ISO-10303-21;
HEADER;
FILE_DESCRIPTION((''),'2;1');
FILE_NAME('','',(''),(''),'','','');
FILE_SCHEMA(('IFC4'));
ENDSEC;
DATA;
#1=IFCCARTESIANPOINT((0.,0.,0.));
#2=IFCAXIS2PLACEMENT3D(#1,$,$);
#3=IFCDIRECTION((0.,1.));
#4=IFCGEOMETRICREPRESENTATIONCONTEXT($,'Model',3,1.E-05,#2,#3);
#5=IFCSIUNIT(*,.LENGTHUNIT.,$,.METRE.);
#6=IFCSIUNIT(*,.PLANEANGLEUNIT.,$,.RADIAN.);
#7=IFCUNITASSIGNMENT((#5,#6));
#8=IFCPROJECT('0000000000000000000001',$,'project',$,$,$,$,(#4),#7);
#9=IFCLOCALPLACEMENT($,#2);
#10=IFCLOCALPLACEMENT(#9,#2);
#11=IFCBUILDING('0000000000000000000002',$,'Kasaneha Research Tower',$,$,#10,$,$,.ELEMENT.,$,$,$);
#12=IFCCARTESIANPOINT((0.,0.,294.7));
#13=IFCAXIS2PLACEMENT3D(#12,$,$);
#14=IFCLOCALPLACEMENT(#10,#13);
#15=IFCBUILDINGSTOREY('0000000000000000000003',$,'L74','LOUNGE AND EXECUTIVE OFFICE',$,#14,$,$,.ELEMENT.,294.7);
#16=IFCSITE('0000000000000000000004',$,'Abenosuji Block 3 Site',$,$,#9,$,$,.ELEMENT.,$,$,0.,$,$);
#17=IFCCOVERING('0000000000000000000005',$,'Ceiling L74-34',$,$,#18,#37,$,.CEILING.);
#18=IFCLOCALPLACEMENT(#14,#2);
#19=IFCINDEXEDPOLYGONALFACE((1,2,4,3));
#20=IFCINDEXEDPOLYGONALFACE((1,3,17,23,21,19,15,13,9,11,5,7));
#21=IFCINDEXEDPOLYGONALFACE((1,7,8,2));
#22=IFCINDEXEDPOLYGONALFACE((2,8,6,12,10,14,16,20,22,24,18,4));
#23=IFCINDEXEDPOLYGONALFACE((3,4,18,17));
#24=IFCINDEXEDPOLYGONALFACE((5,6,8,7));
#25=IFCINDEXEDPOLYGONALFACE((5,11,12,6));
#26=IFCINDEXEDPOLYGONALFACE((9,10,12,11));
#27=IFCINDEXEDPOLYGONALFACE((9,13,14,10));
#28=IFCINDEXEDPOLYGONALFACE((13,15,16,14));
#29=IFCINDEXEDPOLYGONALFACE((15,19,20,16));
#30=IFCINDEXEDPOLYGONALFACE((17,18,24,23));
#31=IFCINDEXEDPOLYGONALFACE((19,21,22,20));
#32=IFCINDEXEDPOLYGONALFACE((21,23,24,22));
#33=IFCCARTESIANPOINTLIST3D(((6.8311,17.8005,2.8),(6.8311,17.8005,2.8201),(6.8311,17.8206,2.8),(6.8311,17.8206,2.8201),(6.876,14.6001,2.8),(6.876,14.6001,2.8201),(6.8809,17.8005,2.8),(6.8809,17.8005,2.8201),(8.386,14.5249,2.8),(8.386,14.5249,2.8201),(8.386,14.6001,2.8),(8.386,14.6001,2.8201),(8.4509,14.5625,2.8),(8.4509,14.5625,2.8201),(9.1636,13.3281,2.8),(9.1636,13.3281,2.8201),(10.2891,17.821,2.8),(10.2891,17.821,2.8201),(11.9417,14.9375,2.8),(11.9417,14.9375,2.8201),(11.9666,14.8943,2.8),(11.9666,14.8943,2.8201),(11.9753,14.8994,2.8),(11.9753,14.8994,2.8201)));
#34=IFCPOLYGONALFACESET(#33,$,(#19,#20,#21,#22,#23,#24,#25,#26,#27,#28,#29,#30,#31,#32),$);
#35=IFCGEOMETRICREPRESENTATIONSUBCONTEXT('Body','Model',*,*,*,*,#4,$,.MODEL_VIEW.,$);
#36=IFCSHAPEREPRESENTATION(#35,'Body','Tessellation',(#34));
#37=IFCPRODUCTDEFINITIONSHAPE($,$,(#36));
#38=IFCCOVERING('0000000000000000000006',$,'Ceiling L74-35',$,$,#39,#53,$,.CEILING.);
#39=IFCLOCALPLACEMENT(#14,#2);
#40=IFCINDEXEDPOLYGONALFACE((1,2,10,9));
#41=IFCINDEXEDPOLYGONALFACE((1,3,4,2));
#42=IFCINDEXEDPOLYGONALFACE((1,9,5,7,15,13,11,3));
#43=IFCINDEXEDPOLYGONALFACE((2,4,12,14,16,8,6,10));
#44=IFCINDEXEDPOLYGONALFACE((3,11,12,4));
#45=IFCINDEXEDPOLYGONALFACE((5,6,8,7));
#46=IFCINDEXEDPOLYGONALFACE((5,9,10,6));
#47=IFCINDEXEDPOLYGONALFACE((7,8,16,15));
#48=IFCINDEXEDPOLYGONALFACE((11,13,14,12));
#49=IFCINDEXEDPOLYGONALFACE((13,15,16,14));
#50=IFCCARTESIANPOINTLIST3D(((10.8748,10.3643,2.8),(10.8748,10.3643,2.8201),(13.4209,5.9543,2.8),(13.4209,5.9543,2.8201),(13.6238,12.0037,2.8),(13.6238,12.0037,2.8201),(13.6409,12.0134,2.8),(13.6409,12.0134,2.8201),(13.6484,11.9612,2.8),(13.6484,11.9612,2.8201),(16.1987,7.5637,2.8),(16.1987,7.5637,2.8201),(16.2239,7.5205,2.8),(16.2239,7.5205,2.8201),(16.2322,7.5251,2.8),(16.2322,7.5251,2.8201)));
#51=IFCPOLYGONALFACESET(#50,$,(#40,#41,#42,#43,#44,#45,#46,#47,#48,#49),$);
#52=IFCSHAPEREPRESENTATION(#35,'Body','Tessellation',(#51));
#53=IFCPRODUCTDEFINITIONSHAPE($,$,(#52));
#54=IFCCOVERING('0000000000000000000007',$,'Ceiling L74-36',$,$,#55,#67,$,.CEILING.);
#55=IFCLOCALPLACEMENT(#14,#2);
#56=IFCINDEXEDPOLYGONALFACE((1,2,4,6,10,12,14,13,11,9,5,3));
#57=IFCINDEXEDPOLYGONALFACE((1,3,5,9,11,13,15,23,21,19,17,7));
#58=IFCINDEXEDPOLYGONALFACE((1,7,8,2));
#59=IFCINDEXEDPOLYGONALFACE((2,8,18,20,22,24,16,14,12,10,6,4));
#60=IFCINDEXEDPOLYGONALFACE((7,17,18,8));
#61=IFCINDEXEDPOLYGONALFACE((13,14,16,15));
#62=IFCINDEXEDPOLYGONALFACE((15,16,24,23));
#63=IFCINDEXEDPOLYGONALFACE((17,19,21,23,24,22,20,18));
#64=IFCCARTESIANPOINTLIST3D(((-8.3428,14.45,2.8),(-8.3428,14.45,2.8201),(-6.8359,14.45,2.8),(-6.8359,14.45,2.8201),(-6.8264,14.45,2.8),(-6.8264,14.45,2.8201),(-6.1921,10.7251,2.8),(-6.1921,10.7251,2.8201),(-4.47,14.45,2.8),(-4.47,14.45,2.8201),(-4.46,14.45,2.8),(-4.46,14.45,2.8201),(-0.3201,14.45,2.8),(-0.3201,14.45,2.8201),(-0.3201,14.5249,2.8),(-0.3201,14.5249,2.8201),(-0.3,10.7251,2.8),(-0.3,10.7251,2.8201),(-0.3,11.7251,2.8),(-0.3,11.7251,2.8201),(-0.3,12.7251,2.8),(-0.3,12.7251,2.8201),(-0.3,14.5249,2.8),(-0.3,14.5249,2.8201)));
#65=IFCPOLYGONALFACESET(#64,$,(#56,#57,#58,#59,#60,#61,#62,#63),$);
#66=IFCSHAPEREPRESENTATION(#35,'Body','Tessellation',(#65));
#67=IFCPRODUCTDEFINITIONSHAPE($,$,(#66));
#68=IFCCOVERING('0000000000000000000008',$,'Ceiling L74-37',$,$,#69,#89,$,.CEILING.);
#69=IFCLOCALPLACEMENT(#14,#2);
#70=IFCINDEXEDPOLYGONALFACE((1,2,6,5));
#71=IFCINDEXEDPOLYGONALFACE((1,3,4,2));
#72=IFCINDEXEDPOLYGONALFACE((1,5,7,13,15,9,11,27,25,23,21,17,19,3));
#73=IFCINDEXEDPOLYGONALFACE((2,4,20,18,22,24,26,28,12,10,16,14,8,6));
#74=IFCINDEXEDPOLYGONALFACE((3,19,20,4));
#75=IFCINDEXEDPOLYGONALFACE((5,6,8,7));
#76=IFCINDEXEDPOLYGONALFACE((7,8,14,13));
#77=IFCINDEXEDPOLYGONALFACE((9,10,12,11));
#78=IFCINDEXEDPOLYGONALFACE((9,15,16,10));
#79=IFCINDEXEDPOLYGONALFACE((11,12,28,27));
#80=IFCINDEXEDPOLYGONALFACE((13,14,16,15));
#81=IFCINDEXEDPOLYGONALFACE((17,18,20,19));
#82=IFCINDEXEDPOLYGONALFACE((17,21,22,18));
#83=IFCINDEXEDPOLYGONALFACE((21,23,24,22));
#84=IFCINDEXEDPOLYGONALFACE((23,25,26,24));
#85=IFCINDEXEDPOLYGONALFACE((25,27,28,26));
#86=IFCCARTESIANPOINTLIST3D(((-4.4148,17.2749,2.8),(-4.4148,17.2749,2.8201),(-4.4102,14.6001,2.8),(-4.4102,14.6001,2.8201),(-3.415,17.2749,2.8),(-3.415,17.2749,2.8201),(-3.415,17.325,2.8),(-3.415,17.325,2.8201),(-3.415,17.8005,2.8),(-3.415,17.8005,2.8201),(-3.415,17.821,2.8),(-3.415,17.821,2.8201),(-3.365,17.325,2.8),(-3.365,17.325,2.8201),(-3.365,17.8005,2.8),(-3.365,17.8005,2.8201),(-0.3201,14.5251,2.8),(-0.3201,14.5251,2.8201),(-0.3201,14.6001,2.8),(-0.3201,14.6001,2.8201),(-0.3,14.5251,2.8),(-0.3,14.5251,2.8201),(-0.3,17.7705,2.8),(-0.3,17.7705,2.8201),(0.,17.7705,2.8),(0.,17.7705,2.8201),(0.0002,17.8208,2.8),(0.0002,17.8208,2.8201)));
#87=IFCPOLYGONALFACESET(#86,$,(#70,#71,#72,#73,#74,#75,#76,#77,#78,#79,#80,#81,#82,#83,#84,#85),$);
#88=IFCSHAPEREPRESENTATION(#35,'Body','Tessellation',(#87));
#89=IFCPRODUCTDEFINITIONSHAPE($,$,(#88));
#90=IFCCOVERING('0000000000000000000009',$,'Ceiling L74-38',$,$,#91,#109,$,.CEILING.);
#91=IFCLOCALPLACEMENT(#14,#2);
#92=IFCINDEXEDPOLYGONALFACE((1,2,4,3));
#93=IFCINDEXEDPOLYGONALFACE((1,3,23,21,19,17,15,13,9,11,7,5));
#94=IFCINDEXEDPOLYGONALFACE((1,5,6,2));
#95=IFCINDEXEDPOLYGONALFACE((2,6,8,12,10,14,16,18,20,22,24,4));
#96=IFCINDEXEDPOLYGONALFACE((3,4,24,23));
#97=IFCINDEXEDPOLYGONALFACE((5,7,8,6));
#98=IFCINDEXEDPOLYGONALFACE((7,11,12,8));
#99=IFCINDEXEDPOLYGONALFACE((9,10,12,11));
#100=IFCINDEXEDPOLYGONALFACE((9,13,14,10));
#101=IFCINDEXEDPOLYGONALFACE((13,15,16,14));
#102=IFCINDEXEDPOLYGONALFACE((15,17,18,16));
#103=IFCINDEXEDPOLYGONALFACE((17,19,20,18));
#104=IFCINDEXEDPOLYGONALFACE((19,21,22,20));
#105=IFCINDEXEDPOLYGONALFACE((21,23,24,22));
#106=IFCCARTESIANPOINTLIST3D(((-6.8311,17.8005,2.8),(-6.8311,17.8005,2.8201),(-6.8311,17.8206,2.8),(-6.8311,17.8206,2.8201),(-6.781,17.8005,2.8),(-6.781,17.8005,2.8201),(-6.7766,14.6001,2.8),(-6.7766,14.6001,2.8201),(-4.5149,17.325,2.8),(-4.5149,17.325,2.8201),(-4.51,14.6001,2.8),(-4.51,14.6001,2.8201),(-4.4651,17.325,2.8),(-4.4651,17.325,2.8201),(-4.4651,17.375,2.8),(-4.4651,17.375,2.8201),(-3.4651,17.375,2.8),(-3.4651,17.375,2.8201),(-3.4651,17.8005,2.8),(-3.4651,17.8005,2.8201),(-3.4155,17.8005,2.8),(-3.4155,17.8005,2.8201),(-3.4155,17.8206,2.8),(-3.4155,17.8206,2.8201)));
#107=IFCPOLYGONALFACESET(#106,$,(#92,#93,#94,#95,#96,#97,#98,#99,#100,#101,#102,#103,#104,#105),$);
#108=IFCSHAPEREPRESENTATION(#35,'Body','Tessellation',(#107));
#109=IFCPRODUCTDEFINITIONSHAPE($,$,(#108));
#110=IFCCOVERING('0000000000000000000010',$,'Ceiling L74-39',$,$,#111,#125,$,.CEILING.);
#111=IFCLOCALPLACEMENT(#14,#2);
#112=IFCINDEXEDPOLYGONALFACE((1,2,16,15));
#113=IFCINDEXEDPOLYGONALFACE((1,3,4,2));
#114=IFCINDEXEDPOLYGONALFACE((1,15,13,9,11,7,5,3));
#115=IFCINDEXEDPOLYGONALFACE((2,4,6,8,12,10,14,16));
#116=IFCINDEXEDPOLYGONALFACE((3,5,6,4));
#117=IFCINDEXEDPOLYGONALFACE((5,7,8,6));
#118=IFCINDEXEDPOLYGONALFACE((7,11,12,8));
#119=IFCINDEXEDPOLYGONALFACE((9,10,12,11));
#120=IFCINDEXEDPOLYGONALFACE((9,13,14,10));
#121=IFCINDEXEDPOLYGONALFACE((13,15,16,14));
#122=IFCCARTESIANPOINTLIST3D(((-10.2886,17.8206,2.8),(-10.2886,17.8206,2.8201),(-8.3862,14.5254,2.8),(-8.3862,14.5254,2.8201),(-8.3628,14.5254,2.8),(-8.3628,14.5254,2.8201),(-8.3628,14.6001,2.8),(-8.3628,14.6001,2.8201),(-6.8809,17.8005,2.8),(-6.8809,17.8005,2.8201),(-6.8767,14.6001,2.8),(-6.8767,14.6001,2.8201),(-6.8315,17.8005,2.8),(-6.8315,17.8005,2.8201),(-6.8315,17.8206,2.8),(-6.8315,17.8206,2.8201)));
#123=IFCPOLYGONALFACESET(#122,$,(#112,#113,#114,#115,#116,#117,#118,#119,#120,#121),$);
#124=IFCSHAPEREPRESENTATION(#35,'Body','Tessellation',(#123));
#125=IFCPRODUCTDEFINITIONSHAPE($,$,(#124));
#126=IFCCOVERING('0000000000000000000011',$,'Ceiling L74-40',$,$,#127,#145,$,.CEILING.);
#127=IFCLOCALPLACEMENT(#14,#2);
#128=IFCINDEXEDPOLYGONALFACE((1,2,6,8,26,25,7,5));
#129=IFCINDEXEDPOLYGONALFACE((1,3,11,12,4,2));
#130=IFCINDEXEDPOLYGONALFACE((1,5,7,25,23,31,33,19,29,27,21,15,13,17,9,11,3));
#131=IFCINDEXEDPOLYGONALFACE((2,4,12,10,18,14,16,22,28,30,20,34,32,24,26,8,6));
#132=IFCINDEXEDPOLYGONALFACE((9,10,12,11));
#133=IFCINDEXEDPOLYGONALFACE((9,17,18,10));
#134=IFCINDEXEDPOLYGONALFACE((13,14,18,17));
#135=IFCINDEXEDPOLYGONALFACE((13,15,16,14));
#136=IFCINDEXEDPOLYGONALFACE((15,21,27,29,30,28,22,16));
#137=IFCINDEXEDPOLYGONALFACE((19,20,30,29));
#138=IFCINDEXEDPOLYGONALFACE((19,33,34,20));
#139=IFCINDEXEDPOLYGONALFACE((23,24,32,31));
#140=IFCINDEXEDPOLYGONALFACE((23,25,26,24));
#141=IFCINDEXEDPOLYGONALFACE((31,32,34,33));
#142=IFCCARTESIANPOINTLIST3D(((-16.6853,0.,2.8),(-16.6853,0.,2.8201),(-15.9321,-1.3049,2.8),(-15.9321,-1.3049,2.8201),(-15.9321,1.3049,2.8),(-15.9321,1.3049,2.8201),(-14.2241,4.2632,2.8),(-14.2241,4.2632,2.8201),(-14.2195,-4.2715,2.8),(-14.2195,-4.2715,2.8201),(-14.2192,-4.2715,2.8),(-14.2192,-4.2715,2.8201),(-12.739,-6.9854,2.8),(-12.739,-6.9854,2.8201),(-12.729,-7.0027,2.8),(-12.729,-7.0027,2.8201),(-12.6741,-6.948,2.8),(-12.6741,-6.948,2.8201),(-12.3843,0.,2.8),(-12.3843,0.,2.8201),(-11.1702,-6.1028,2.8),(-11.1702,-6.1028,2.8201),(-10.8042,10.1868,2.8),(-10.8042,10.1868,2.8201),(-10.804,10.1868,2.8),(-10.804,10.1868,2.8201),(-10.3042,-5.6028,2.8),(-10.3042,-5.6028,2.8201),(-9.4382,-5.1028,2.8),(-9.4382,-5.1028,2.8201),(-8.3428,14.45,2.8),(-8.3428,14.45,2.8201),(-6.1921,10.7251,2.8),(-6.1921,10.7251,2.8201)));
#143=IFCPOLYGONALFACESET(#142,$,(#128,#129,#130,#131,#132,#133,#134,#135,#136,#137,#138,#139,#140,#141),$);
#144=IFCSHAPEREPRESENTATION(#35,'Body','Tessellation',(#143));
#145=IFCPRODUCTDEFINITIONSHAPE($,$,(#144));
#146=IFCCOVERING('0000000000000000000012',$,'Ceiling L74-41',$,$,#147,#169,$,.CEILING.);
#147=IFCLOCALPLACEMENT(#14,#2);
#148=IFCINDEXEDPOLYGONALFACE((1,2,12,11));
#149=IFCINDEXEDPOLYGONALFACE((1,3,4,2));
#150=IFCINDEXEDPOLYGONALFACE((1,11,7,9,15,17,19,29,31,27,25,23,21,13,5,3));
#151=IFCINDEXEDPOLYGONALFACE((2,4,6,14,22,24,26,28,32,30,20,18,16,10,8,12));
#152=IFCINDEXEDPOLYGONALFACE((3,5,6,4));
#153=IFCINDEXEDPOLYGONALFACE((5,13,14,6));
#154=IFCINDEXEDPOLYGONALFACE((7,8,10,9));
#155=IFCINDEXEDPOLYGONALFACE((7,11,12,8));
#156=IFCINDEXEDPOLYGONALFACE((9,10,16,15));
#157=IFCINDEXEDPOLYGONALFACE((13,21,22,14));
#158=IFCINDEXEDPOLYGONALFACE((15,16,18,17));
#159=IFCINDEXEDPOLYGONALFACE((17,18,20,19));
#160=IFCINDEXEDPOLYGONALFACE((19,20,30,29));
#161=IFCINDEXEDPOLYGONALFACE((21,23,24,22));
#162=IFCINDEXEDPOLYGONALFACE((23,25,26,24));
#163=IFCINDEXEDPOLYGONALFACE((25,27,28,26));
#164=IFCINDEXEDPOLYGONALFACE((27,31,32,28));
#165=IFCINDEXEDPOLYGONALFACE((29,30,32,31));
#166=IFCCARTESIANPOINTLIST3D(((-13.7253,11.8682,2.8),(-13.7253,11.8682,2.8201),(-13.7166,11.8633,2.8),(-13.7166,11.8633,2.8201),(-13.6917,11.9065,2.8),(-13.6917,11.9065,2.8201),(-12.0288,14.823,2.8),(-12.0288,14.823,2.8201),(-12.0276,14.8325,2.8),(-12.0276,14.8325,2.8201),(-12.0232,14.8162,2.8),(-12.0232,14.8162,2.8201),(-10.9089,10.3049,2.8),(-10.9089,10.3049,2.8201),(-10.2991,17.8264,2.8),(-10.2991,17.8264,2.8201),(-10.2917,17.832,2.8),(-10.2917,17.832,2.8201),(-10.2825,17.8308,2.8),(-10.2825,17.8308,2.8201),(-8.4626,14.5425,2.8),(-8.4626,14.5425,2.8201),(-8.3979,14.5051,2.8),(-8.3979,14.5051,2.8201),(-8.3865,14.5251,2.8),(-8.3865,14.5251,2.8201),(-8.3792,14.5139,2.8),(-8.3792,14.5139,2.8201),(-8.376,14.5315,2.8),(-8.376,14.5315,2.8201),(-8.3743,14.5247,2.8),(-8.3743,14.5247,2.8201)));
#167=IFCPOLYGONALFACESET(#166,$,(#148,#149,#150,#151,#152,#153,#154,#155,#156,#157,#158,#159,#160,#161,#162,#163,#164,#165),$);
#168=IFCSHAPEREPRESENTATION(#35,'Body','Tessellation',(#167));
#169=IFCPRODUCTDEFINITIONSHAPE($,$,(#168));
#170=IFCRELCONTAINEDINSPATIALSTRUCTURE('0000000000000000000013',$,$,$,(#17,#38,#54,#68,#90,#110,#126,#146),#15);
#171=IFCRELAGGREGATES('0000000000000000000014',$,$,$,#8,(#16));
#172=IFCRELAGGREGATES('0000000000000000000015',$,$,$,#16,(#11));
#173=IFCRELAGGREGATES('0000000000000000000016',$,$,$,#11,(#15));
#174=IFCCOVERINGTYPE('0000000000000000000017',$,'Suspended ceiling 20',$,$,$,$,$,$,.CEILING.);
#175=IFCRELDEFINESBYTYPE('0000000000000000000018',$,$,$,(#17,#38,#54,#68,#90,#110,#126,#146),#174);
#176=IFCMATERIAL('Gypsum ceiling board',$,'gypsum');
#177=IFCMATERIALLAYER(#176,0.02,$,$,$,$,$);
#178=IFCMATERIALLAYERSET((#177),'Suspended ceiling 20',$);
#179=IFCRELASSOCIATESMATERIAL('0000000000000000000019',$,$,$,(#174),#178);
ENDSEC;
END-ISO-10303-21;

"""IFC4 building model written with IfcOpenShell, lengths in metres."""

from ifc_helpers import new_model, si_unit, direction, frame, origin, place, context, subcontext, project, spatial, polyline, outline, extrude, material, layer, layer_set, type_object, element, save


model = new_model("IFC4")

# Units and contexts
model_context = context("Model", 3, precision=1e-05, world=origin(), true_north=direction((0.0, 1.0)))
body_context = subcontext(model_context, "Body", "Model", "MODEL_VIEW")
ifc_project = project(units=[si_unit("LENGTHUNIT", "METRE"), si_unit("PLANEANGLEUNIT", "RADIAN")], contexts=[model_context])

# Site, building, storey
site_placement = place(None, origin())
site = spatial("IfcSite", under=ifc_project, at=site_placement, Name="Abenosuji Block 3 Site", CompositionType="ELEMENT", RefElevation=0.0)
building_placement = place(site_placement, origin())
building = spatial("IfcBuilding", under=site, at=building_placement, Name="Kasaneha Research Tower", CompositionType="ELEMENT")
storey_placement = place(building_placement, frame((0.0, 0.0, 294.7)))
storey = spatial("IfcBuildingStorey", under=building, at=storey_placement, Name="L74", Description="LOUNGE AND EXECUTIVE OFFICE", CompositionType="ELEMENT", Elevation=294.7)

# Coverings
ifc_material_1 = material(Name="Gypsum ceiling board", Category="gypsum")
ifc_layer_1 = layer(ifc_material_1, 0.02)
ifc_layer_set_1 = layer_set([ifc_layer_1], Name="Suspended ceiling 20")
covering_type_1 = type_object("IfcCoveringType", Name="Suspended ceiling 20", PredefinedType="CEILING", material=ifc_layer_set_1)
covering_1_placement = place(storey_placement, frame((0.0, 0.0, 2.8)))
element("IfcCovering", 1, at=covering_1_placement, inside=storey, type_object=covering_type_1, Name="Ceiling L74-34", PredefinedType="CEILING", context=body_context, shape_type="SweptSolid", body=[
    extrude(outline(polyline([(6.8311, 17.8206), (10.2891, 17.821), (11.9753, 14.8994), (11.9666, 14.8943), (11.9417, 14.9375), (9.1636, 13.3281), (8.4509, 14.5625), (8.386, 14.5249), (8.386, 14.6001), (6.876, 14.6001), (6.8809, 17.8005), (6.8311, 17.8005), (6.8311, 17.8206)])), origin(), (0.0, 0.0, 1.0), 0.02),
])
covering_2_placement = place(storey_placement, frame((0.0, 0.0, 2.8)))
element("IfcCovering", 2, at=covering_2_placement, inside=storey, type_object=covering_type_1, Name="Ceiling L74-35", PredefinedType="CEILING", context=body_context, shape_type="SweptSolid", body=[
    extrude(outline(polyline([(16.2322, 7.5251), (16.2239, 7.5205), (16.1987, 7.5637), (13.4209, 5.9543), (10.8748, 10.3643), (13.6484, 11.9612), (13.6238, 12.0037), (13.6409, 12.0134), (16.2322, 7.5251)])), origin(), (0.0, 0.0, 1.0), 0.02),
])
covering_3_placement = place(storey_placement, frame((0.0, 0.0, 2.8)))
element("IfcCovering", 3, at=covering_3_placement, inside=storey, type_object=covering_type_1, Name="Ceiling L74-36", PredefinedType="CEILING", context=body_context, shape_type="SweptSolid", body=[
    extrude(outline(polyline([(-0.3, 11.7251), (-0.3, 10.7251), (-6.1921, 10.7251), (-8.3428, 14.45), (-6.8359, 14.45), (-6.8264, 14.45), (-4.47, 14.45), (-4.46, 14.45), (-0.3201, 14.45), (-0.3201, 14.5249), (-0.3, 14.5249), (-0.3, 12.7251), (-0.3, 11.7251)])), origin(), (0.0, 0.0, 1.0), 0.02),
])
covering_4_placement = place(storey_placement, frame((0.0, 0.0, 2.8)))
element("IfcCovering", 4, at=covering_4_placement, inside=storey, type_object=covering_type_1, Name="Ceiling L74-37", PredefinedType="CEILING", context=body_context, shape_type="SweptSolid", body=[
    extrude(outline(polyline([(0.0002, 17.8208), (0.0, 17.7705), (-0.3, 17.7705), (-0.3, 14.5251), (-0.3201, 14.5251), (-0.3201, 14.6001), (-4.4102, 14.6001), (-4.4148, 17.2749), (-3.415, 17.2749), (-3.415, 17.325), (-3.415, 17.325), (-3.365, 17.325), (-3.365, 17.8005), (-3.415, 17.8005), (-3.415, 17.821), (0.0002, 17.8208)])), origin(), (0.0, 0.0, 1.0), 0.02),
])
covering_5_placement = place(storey_placement, frame((0.0, 0.0, 2.8)))
element("IfcCovering", 5, at=covering_5_placement, inside=storey, type_object=covering_type_1, Name="Ceiling L74-38", PredefinedType="CEILING", context=body_context, shape_type="SweptSolid", body=[
    extrude(outline(polyline([(-3.4155, 17.8005), (-3.4651, 17.8005), (-3.4651, 17.375), (-4.4651, 17.375), (-4.4651, 17.325), (-4.5149, 17.325), (-4.51, 14.6001), (-6.7766, 14.6001), (-6.781, 17.8005), (-6.8311, 17.8005), (-6.8311, 17.8206), (-3.4155, 17.8206), (-3.4155, 17.8005)])), origin(), (0.0, 0.0, 1.0), 0.02),
])
covering_6_placement = place(storey_placement, frame((0.0, 0.0, 2.8)))
element("IfcCovering", 6, at=covering_6_placement, inside=storey, type_object=covering_type_1, Name="Ceiling L74-39", PredefinedType="CEILING", context=body_context, shape_type="SweptSolid", body=[
    extrude(outline(polyline([(-6.8315, 17.8005), (-6.8809, 17.8005), (-6.8767, 14.6001), (-8.3628, 14.6001), (-8.3628, 14.5254), (-8.3862, 14.5254), (-10.2886, 17.8206), (-6.8315, 17.8206), (-6.8315, 17.8005)])), origin(), (0.0, 0.0, 1.0), 0.02),
])
covering_7_placement = place(storey_placement, frame((0.0, 0.0, 2.8)))
element("IfcCovering", 7, at=covering_7_placement, inside=storey, type_object=covering_type_1, Name="Ceiling L74-40", PredefinedType="CEILING", context=body_context, shape_type="SweptSolid", body=[
    extrude(outline(polyline([(-12.3843, 0.0), (-9.4382, -5.1028), (-10.3042, -5.6028), (-10.3042, -5.6028), (-11.1702, -6.1028), (-11.1702, -6.1028), (-12.729, -7.0027), (-12.739, -6.9854), (-12.6741, -6.948), (-14.2195, -4.2715), (-14.2192, -4.2715), (-15.9321, -1.3049), (-15.9321, -1.3049), (-16.6853, 0.0), (-15.9321, 1.3049), (-15.9321, 1.3049), (-14.2241, 4.2632), (-14.2241, 4.2632), (-10.804, 10.1868), (-10.8042, 10.1868), (-8.3428, 14.45), (-8.3428, 14.45), (-6.1921, 10.7251), (-12.3843, 0.0)])), origin(), (0.0, 0.0, 1.0), 0.02),
])
covering_8_placement = place(storey_placement, frame((0.0, 0.0, 2.8)))
element("IfcCovering", 8, at=covering_8_placement, inside=storey, type_object=covering_type_1, Name="Ceiling L74-41", PredefinedType="CEILING", context=body_context, shape_type="SweptSolid", body=[
    extrude(outline(polyline([(-12.0276, 14.8325), (-10.2991, 17.8264), (-10.2917, 17.832), (-10.2825, 17.8308), (-8.376, 14.5315), (-8.3743, 14.5247), (-8.3792, 14.5139), (-8.3865, 14.5251), (-8.3979, 14.5051), (-8.4626, 14.5425), (-10.9089, 10.3049), (-13.6917, 11.9065), (-13.7166, 11.8633), (-13.7253, 11.8682), (-12.0232, 14.8162), (-12.0288, 14.823), (-12.0276, 14.8325)])), origin(), (0.0, 0.0, 1.0), 0.02),
])

save(model, "model.ifc")
